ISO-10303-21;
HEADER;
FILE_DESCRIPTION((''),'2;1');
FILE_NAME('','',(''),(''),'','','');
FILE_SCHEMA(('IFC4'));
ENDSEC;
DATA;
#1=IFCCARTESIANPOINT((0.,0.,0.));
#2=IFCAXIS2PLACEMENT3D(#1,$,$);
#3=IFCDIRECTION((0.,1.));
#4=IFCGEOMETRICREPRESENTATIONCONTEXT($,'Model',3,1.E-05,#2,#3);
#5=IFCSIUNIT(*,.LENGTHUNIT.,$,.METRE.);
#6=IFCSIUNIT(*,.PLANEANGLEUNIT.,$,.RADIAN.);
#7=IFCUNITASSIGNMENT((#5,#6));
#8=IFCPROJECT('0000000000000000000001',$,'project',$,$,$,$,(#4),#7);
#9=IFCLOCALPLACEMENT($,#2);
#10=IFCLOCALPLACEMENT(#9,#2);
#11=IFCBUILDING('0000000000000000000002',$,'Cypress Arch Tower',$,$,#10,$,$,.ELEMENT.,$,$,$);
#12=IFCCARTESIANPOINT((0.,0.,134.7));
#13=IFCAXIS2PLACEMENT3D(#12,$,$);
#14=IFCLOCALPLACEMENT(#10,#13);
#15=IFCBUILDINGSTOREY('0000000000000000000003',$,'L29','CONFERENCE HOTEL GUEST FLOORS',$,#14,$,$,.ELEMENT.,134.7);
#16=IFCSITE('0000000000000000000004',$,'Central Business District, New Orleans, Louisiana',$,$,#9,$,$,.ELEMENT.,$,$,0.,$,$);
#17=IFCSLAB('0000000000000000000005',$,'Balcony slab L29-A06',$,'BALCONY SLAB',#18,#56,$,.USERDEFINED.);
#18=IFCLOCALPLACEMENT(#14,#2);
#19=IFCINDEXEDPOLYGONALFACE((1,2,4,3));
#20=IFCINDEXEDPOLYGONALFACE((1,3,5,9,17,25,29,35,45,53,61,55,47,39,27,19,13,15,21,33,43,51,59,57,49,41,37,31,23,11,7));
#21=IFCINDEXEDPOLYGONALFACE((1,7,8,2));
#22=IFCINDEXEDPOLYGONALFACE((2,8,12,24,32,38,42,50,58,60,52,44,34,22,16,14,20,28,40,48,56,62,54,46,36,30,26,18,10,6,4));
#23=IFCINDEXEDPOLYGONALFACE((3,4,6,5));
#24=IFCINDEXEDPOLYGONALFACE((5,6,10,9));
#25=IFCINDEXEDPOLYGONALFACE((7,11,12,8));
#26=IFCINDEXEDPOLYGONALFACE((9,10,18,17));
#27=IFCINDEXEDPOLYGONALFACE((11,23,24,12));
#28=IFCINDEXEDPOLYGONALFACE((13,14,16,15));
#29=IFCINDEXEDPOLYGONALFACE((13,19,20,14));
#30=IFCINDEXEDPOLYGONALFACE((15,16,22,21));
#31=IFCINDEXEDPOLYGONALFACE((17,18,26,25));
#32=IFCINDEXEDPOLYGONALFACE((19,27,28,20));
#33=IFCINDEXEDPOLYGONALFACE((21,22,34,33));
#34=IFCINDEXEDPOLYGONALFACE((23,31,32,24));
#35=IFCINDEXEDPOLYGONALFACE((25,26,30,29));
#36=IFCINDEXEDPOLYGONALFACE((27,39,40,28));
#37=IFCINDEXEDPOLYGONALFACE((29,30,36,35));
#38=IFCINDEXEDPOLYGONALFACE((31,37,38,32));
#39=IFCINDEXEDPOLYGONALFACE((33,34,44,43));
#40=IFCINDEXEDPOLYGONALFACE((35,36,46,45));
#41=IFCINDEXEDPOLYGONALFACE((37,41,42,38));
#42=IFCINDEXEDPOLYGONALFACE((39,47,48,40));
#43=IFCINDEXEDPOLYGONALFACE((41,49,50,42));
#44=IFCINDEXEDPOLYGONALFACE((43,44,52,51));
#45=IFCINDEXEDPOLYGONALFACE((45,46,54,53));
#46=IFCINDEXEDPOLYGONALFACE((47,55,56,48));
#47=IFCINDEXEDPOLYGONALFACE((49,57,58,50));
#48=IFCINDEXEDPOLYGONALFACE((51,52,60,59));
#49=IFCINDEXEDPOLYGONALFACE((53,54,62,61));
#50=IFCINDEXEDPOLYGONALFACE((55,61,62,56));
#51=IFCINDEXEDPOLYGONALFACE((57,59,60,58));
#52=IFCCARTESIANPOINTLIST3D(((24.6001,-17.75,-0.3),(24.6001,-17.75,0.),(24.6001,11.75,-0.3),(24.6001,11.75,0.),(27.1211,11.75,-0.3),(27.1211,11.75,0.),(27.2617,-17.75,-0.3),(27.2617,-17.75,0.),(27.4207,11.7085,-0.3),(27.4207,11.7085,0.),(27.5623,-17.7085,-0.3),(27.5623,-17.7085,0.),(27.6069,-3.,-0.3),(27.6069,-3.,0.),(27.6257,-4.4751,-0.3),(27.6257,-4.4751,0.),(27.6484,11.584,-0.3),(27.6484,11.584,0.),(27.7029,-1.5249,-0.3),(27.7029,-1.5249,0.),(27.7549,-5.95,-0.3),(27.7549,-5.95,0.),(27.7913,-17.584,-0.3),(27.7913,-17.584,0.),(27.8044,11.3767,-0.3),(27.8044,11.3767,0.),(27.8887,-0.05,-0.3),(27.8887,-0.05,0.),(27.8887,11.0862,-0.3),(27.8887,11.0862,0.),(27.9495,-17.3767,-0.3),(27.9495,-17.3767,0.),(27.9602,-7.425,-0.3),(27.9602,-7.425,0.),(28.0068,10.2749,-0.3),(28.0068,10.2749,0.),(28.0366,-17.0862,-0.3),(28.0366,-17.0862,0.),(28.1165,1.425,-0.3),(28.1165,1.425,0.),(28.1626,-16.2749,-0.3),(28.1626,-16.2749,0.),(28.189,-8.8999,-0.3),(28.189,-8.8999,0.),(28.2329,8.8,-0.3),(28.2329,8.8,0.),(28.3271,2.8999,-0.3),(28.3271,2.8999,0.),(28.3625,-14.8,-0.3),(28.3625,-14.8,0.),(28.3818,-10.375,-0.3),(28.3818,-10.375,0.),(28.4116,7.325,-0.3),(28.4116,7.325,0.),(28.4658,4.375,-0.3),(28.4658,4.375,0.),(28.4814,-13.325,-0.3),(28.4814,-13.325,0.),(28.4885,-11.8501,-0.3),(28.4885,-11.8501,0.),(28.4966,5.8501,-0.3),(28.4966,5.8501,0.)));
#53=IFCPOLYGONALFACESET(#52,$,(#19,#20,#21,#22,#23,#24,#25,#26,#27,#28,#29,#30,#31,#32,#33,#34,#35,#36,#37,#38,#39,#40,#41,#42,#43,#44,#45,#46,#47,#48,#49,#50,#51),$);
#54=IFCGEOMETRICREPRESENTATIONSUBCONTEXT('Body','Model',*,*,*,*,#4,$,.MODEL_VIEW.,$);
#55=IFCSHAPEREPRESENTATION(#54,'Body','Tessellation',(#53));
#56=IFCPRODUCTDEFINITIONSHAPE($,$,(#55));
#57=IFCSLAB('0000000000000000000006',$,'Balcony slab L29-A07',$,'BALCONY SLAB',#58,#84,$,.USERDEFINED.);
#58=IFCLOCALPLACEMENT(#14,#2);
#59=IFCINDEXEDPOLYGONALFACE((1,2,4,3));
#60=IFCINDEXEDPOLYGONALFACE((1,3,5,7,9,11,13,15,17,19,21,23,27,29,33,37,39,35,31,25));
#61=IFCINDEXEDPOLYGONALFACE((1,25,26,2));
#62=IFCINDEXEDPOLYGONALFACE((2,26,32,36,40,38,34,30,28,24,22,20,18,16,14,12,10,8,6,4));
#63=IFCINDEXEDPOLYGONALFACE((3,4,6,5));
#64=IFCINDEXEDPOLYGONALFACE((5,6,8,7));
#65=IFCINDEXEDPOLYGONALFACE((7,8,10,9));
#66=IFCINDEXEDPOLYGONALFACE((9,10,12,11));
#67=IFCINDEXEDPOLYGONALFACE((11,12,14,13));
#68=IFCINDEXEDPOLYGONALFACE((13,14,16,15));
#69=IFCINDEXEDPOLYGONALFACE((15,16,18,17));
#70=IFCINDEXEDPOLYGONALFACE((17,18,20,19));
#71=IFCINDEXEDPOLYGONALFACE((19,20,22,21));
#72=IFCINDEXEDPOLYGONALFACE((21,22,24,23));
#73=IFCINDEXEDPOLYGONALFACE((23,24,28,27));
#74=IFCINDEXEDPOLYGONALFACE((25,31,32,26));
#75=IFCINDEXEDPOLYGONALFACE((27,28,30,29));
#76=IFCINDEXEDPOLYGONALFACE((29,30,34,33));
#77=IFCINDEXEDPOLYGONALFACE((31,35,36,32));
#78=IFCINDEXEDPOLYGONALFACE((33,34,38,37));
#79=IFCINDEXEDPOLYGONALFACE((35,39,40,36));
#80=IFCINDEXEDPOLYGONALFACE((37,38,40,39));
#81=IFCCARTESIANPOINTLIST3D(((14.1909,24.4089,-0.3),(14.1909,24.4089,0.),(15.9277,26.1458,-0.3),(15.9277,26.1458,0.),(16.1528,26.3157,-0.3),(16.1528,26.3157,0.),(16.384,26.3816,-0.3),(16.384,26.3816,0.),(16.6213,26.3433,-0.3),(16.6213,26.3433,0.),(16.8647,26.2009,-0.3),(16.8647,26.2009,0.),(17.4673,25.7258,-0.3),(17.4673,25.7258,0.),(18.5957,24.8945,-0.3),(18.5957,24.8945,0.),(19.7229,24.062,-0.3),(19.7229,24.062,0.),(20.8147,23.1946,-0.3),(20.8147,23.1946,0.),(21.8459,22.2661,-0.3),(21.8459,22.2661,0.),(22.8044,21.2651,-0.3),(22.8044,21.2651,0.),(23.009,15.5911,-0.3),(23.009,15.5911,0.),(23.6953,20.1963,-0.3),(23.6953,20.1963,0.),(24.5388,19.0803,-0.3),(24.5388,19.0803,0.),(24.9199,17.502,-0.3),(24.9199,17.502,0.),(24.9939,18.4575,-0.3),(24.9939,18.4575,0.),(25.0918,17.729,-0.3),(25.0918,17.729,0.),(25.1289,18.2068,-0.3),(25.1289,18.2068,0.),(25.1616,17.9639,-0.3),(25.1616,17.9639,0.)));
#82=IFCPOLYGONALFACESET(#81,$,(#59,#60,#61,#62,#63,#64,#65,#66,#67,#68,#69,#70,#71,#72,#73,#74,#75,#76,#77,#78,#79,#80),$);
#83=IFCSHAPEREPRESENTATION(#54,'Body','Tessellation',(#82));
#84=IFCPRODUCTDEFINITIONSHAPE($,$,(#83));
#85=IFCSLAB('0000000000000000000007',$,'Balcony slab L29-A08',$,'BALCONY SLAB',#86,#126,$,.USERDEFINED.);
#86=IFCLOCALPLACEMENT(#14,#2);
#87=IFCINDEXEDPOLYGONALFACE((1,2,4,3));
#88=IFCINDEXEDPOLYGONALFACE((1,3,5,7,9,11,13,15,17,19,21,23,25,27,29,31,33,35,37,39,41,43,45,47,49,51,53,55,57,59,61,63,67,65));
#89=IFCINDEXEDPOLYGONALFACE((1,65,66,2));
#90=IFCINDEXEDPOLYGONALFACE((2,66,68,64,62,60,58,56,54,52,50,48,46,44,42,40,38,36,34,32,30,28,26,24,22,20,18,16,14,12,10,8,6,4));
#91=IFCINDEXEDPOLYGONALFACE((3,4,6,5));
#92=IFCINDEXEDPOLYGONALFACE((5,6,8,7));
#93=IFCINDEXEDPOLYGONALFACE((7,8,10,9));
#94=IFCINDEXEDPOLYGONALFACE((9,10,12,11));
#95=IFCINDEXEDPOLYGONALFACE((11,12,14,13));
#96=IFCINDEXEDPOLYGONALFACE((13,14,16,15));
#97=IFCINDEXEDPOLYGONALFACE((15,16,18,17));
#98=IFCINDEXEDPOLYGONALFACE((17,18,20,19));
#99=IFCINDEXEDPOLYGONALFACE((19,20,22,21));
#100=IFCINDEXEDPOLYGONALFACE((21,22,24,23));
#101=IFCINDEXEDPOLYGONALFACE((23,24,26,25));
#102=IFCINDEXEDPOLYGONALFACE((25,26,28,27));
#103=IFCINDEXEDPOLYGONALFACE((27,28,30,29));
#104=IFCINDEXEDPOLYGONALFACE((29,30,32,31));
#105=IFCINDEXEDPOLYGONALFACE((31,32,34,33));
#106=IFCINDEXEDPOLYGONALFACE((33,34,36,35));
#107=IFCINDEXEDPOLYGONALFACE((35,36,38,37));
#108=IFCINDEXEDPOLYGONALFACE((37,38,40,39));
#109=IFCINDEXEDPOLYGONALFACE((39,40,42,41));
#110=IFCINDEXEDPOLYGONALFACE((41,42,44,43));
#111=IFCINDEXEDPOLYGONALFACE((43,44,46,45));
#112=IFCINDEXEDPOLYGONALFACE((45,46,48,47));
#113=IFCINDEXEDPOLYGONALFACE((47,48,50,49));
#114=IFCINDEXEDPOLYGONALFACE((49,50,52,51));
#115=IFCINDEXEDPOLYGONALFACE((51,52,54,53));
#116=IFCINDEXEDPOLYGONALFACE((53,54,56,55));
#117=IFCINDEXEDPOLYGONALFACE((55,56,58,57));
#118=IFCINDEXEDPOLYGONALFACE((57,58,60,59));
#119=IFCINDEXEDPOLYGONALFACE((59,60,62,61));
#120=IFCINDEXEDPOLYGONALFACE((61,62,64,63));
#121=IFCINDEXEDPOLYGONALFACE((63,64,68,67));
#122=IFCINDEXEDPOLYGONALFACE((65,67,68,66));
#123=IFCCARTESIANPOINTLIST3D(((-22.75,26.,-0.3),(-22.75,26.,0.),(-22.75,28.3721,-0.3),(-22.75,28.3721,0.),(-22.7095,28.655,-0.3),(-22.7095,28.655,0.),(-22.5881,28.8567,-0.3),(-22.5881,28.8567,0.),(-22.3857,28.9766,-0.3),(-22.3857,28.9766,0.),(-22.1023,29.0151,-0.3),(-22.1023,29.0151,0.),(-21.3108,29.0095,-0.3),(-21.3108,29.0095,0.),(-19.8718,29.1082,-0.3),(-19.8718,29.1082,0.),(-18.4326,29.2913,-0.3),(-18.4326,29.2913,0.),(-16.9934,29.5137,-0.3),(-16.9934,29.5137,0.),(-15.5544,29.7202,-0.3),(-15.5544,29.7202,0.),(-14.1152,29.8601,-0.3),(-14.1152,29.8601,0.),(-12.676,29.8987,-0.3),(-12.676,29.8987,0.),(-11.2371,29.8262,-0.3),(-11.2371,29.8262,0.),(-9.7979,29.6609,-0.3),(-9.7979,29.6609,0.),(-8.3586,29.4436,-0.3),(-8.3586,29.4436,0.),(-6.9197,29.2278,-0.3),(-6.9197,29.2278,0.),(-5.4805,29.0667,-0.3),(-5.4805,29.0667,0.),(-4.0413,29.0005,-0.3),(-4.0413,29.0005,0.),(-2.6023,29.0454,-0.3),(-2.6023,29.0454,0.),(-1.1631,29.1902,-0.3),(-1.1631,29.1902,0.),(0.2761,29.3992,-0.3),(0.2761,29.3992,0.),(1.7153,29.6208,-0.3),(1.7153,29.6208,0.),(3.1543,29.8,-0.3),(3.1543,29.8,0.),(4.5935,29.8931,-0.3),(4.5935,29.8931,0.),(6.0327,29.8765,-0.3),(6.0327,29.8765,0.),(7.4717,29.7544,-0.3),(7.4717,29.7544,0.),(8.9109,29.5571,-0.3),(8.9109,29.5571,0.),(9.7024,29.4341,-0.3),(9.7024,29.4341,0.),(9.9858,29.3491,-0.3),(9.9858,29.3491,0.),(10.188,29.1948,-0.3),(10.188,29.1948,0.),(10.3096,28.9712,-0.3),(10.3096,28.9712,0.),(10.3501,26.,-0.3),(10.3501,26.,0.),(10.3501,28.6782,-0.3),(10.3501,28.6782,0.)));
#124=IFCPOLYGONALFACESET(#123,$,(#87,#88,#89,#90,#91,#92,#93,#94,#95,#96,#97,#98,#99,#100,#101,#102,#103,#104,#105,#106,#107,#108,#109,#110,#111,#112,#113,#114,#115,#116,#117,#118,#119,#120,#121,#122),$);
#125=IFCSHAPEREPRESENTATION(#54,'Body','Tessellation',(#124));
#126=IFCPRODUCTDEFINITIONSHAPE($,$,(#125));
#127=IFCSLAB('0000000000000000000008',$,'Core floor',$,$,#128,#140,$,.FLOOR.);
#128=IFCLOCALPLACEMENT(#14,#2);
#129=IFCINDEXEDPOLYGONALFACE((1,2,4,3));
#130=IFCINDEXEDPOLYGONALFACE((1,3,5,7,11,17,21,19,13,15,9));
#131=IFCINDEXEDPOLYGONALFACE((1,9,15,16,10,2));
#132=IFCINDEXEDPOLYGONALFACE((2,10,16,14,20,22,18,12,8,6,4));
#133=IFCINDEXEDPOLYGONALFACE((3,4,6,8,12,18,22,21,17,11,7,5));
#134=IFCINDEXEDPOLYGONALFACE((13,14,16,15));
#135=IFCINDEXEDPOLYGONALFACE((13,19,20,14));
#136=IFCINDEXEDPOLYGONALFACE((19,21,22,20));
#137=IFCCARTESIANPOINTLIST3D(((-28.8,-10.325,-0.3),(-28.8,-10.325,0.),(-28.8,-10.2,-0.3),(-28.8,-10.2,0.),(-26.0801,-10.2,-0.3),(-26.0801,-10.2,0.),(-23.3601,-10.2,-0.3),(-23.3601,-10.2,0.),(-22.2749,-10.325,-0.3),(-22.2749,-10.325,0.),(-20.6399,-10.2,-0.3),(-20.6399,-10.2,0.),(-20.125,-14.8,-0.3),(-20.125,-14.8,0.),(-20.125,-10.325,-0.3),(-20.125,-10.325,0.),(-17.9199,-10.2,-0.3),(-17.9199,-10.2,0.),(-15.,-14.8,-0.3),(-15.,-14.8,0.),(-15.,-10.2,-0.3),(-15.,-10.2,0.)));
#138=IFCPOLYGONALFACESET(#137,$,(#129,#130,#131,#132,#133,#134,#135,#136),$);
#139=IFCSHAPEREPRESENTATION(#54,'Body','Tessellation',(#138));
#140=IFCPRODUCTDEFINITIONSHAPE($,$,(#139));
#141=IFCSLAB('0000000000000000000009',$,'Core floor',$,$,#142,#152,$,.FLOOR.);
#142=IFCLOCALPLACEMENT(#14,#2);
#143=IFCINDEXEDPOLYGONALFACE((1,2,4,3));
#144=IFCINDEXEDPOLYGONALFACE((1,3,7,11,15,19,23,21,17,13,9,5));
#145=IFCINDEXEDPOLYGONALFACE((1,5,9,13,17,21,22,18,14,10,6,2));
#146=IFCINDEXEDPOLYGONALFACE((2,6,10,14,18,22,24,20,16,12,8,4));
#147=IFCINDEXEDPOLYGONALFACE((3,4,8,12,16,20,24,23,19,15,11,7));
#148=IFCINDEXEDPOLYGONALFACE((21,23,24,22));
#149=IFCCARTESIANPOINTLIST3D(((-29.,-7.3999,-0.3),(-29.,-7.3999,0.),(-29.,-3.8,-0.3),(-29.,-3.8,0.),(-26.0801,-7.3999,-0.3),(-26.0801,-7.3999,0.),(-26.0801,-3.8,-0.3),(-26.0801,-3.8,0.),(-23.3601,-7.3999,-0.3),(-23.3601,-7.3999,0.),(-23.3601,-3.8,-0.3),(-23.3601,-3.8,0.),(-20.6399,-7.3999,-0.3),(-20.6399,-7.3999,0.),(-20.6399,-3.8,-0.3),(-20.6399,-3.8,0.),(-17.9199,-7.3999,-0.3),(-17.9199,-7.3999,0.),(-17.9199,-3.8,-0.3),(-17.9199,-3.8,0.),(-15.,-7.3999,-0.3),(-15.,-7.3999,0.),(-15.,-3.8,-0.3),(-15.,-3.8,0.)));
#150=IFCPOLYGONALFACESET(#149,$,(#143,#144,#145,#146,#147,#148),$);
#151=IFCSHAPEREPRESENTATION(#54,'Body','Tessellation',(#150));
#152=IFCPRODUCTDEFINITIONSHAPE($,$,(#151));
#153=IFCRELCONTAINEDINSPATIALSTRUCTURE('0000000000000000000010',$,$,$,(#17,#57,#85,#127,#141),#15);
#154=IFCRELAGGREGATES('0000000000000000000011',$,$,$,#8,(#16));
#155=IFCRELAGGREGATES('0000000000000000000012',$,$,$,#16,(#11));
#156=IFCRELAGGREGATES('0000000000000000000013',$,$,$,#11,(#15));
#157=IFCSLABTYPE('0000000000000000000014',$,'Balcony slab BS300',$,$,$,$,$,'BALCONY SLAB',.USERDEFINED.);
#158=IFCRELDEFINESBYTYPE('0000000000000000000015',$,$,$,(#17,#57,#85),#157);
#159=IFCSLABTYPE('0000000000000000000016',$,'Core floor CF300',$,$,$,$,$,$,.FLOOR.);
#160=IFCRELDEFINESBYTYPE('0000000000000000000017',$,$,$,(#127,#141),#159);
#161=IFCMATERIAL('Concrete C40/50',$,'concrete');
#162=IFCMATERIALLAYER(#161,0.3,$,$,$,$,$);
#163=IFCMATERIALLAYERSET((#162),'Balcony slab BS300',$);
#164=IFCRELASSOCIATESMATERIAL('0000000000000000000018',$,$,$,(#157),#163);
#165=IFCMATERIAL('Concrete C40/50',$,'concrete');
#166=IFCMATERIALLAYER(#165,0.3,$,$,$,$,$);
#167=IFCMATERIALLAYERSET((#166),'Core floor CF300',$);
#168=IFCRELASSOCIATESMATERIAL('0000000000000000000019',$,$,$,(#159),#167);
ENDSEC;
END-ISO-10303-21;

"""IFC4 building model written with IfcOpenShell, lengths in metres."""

from ifc_helpers import new_model, si_unit, direction, frame, origin, place, context, subcontext, project, spatial, polyline, outline, extrude, material, layer, layer_set, type_object, element, save


model = new_model("IFC4")

# Units and contexts
model_context = context("Model", 3, precision=1e-05, world=origin(), true_north=direction((0.0, 1.0)))
body_context = subcontext(model_context, "Body", "Model", "MODEL_VIEW")
ifc_project = project(units=[si_unit("LENGTHUNIT", "METRE"), si_unit("PLANEANGLEUNIT", "RADIAN")], contexts=[model_context])

# Site, building, storey
site_placement = place(None, origin())
site = spatial("IfcSite", under=ifc_project, at=site_placement, Name="Central Business District, New Orleans, Louisiana", CompositionType="ELEMENT", RefElevation=0.0)
building_placement = place(site_placement, origin())
building = spatial("IfcBuilding", under=site, at=building_placement, Name="Cypress Arch Tower", CompositionType="ELEMENT")
storey_placement = place(building_placement, frame((0.0, 0.0, 134.7)))
storey = spatial("IfcBuildingStorey", under=building, at=storey_placement, Name="L29", Description="CONFERENCE HOTEL GUEST FLOORS", CompositionType="ELEMENT", Elevation=134.7)

# Slabs
ifc_material_1 = material(Name="Concrete C40/50", Category="concrete")
ifc_layer_1 = layer(ifc_material_1, 0.3)
ifc_layer_set_1 = layer_set([ifc_layer_1], Name="Balcony slab BS300")
slab_type_1 = type_object("IfcSlabType", Name="Balcony slab BS300", ElementType="BALCONY SLAB", PredefinedType="USERDEFINED", material=ifc_layer_set_1)
slab_1_placement = place(storey_placement, frame((0.0, 0.0, -0.3)))
element("IfcSlab", 1, at=slab_1_placement, inside=storey, type_object=slab_type_1, Name="Balcony slab L29-A06", ObjectType="BALCONY SLAB", PredefinedType="USERDEFINED", context=body_context, shape_type="SweptSolid", body=[
    extrude(outline(polyline([(24.6001, -17.75), (27.2617, -17.75), (27.5623, -17.7085), (27.7913, -17.584), (27.9495, -17.3767), (28.0366, -17.0862), (28.1626, -16.2749), (28.3625, -14.8), (28.4814, -13.325), (28.4885, -11.8501), (28.3818, -10.375), (28.189, -8.8999), (27.9602, -7.425), (27.7549, -5.95), (27.6257, -4.4751), (27.6069, -3.0), (27.7029, -1.5249), (27.8887, -0.05), (28.1165, 1.425), (28.3271, 2.8999), (28.4658, 4.375), (28.4966, 5.8501), (28.4116, 7.325), (28.2329, 8.8), (28.0068, 10.2749), (27.8887, 11.0862), (27.8044, 11.3767), (27.6484, 11.584), (27.4207, 11.7085), (27.1211, 11.75), (24.6001, 11.75), (24.6001, -17.75)])), origin(), (0.0, 0.0, 1.0), 0.3),
])
slab_2_placement = place(storey_placement, frame((0.0, 0.0, -0.3)))
element("IfcSlab", 2, at=slab_2_placement, inside=storey, type_object=slab_type_1, Name="Balcony slab L29-A07", ObjectType="BALCONY SLAB", PredefinedType="USERDEFINED", context=body_context, shape_type="SweptSolid", body=[
    extrude(outline(polyline([(23.009, 15.5911), (24.9199, 17.502), (25.0918, 17.729), (25.1616, 17.9639), (25.1289, 18.2068), (24.9939, 18.4575), (24.5388, 19.0803), (23.6953, 20.1963), (22.8044, 21.2651), (21.8459, 22.2661), (20.8147, 23.1946), (19.7229, 24.062), (18.5957, 24.8945), (17.4673, 25.7258), (16.8647, 26.2009), (16.6213, 26.3433), (16.384, 26.3816), (16.1528, 26.3157), (15.9277, 26.1458), (14.1909, 24.4089), (23.009, 15.5911)])), origin(), (0.0, 0.0, 1.0), 0.3),
])
slab_3_placement = place(storey_placement, frame((0.0, 0.0, -0.3)))
element("IfcSlab", 3, at=slab_3_placement, inside=storey, type_object=slab_type_1, Name="Balcony slab L29-A08", ObjectType="BALCONY SLAB", PredefinedType="USERDEFINED", context=body_context, shape_type="SweptSolid", body=[
    extrude(outline(polyline([(10.3501, 26.0), (10.3501, 28.6782), (10.3096, 28.9712), (10.188, 29.1948), (9.9858, 29.3491), (9.7024, 29.4341), (8.9109, 29.5571), (7.4717, 29.7544), (6.0327, 29.8765), (4.5935, 29.8931), (3.1543, 29.8), (1.7153, 29.6208), (0.2761, 29.3992), (-1.1631, 29.1902), (-2.6023, 29.0454), (-4.0413, 29.0005), (-5.4805, 29.0667), (-6.9197, 29.2278), (-8.3586, 29.4436), (-9.7979, 29.6609), (-11.2371, 29.8262), (-12.676, 29.8987), (-14.1152, 29.8601), (-15.5544, 29.7202), (-16.9934, 29.5137), (-18.4326, 29.2913), (-19.8718, 29.1082), (-21.3108, 29.0095), (-22.1023, 29.0151), (-22.3857, 28.9766), (-22.5881, 28.8567), (-22.7095, 28.655), (-22.75, 28.3721), (-22.75, 26.0), (10.3501, 26.0)])), origin(), (0.0, 0.0, 1.0), 0.3),
])
ifc_material_2 = material(Name="Concrete C40/50", Category="concrete")
ifc_layer_2 = layer(ifc_material_2, 0.3)
ifc_layer_set_2 = layer_set([ifc_layer_2], Name="Core floor CF300")
slab_type_2 = type_object("IfcSlabType", Name="Core floor CF300", PredefinedType="FLOOR", material=ifc_layer_set_2)
slab_4_placement = place(storey_placement, frame((0.0, 0.0, -0.3)))
element("IfcSlab", 4, at=slab_4_placement, inside=storey, type_object=slab_type_2, Name="Core floor", PredefinedType="FLOOR", context=body_context, shape_type="SweptSolid", body=[
    extrude(outline(polyline([(-20.125, -14.8), (-15.0, -14.8), (-15.0, -10.2), (-17.9199, -10.2), (-20.6399, -10.2), (-23.3601, -10.2), (-26.0801, -10.2), (-28.8, -10.2), (-28.8, -10.325), (-22.2749, -10.325), (-20.125, -10.325), (-20.125, -14.8)])), origin(), (0.0, 0.0, 1.0), 0.3),
])
slab_5_placement = place(storey_placement, frame((0.0, 0.0, -0.3)))
element("IfcSlab", 5, at=slab_5_placement, inside=storey, type_object=slab_type_2, Name="Core floor", PredefinedType="FLOOR", context=body_context, shape_type="SweptSolid", body=[
    extrude(outline(polyline([(-29.0, -3.8), (-29.0, -7.3999), (-26.0801, -7.3999), (-23.3601, -7.3999), (-20.6399, -7.3999), (-17.9199, -7.3999), (-15.0, -7.3999), (-15.0, -3.8), (-17.9199, -3.8), (-20.6399, -3.8), (-23.3601, -3.8), (-26.0801, -3.8), (-29.0, -3.8)])), origin(), (0.0, 0.0, 1.0), 0.3),
])

save(model, "model.ifc")
